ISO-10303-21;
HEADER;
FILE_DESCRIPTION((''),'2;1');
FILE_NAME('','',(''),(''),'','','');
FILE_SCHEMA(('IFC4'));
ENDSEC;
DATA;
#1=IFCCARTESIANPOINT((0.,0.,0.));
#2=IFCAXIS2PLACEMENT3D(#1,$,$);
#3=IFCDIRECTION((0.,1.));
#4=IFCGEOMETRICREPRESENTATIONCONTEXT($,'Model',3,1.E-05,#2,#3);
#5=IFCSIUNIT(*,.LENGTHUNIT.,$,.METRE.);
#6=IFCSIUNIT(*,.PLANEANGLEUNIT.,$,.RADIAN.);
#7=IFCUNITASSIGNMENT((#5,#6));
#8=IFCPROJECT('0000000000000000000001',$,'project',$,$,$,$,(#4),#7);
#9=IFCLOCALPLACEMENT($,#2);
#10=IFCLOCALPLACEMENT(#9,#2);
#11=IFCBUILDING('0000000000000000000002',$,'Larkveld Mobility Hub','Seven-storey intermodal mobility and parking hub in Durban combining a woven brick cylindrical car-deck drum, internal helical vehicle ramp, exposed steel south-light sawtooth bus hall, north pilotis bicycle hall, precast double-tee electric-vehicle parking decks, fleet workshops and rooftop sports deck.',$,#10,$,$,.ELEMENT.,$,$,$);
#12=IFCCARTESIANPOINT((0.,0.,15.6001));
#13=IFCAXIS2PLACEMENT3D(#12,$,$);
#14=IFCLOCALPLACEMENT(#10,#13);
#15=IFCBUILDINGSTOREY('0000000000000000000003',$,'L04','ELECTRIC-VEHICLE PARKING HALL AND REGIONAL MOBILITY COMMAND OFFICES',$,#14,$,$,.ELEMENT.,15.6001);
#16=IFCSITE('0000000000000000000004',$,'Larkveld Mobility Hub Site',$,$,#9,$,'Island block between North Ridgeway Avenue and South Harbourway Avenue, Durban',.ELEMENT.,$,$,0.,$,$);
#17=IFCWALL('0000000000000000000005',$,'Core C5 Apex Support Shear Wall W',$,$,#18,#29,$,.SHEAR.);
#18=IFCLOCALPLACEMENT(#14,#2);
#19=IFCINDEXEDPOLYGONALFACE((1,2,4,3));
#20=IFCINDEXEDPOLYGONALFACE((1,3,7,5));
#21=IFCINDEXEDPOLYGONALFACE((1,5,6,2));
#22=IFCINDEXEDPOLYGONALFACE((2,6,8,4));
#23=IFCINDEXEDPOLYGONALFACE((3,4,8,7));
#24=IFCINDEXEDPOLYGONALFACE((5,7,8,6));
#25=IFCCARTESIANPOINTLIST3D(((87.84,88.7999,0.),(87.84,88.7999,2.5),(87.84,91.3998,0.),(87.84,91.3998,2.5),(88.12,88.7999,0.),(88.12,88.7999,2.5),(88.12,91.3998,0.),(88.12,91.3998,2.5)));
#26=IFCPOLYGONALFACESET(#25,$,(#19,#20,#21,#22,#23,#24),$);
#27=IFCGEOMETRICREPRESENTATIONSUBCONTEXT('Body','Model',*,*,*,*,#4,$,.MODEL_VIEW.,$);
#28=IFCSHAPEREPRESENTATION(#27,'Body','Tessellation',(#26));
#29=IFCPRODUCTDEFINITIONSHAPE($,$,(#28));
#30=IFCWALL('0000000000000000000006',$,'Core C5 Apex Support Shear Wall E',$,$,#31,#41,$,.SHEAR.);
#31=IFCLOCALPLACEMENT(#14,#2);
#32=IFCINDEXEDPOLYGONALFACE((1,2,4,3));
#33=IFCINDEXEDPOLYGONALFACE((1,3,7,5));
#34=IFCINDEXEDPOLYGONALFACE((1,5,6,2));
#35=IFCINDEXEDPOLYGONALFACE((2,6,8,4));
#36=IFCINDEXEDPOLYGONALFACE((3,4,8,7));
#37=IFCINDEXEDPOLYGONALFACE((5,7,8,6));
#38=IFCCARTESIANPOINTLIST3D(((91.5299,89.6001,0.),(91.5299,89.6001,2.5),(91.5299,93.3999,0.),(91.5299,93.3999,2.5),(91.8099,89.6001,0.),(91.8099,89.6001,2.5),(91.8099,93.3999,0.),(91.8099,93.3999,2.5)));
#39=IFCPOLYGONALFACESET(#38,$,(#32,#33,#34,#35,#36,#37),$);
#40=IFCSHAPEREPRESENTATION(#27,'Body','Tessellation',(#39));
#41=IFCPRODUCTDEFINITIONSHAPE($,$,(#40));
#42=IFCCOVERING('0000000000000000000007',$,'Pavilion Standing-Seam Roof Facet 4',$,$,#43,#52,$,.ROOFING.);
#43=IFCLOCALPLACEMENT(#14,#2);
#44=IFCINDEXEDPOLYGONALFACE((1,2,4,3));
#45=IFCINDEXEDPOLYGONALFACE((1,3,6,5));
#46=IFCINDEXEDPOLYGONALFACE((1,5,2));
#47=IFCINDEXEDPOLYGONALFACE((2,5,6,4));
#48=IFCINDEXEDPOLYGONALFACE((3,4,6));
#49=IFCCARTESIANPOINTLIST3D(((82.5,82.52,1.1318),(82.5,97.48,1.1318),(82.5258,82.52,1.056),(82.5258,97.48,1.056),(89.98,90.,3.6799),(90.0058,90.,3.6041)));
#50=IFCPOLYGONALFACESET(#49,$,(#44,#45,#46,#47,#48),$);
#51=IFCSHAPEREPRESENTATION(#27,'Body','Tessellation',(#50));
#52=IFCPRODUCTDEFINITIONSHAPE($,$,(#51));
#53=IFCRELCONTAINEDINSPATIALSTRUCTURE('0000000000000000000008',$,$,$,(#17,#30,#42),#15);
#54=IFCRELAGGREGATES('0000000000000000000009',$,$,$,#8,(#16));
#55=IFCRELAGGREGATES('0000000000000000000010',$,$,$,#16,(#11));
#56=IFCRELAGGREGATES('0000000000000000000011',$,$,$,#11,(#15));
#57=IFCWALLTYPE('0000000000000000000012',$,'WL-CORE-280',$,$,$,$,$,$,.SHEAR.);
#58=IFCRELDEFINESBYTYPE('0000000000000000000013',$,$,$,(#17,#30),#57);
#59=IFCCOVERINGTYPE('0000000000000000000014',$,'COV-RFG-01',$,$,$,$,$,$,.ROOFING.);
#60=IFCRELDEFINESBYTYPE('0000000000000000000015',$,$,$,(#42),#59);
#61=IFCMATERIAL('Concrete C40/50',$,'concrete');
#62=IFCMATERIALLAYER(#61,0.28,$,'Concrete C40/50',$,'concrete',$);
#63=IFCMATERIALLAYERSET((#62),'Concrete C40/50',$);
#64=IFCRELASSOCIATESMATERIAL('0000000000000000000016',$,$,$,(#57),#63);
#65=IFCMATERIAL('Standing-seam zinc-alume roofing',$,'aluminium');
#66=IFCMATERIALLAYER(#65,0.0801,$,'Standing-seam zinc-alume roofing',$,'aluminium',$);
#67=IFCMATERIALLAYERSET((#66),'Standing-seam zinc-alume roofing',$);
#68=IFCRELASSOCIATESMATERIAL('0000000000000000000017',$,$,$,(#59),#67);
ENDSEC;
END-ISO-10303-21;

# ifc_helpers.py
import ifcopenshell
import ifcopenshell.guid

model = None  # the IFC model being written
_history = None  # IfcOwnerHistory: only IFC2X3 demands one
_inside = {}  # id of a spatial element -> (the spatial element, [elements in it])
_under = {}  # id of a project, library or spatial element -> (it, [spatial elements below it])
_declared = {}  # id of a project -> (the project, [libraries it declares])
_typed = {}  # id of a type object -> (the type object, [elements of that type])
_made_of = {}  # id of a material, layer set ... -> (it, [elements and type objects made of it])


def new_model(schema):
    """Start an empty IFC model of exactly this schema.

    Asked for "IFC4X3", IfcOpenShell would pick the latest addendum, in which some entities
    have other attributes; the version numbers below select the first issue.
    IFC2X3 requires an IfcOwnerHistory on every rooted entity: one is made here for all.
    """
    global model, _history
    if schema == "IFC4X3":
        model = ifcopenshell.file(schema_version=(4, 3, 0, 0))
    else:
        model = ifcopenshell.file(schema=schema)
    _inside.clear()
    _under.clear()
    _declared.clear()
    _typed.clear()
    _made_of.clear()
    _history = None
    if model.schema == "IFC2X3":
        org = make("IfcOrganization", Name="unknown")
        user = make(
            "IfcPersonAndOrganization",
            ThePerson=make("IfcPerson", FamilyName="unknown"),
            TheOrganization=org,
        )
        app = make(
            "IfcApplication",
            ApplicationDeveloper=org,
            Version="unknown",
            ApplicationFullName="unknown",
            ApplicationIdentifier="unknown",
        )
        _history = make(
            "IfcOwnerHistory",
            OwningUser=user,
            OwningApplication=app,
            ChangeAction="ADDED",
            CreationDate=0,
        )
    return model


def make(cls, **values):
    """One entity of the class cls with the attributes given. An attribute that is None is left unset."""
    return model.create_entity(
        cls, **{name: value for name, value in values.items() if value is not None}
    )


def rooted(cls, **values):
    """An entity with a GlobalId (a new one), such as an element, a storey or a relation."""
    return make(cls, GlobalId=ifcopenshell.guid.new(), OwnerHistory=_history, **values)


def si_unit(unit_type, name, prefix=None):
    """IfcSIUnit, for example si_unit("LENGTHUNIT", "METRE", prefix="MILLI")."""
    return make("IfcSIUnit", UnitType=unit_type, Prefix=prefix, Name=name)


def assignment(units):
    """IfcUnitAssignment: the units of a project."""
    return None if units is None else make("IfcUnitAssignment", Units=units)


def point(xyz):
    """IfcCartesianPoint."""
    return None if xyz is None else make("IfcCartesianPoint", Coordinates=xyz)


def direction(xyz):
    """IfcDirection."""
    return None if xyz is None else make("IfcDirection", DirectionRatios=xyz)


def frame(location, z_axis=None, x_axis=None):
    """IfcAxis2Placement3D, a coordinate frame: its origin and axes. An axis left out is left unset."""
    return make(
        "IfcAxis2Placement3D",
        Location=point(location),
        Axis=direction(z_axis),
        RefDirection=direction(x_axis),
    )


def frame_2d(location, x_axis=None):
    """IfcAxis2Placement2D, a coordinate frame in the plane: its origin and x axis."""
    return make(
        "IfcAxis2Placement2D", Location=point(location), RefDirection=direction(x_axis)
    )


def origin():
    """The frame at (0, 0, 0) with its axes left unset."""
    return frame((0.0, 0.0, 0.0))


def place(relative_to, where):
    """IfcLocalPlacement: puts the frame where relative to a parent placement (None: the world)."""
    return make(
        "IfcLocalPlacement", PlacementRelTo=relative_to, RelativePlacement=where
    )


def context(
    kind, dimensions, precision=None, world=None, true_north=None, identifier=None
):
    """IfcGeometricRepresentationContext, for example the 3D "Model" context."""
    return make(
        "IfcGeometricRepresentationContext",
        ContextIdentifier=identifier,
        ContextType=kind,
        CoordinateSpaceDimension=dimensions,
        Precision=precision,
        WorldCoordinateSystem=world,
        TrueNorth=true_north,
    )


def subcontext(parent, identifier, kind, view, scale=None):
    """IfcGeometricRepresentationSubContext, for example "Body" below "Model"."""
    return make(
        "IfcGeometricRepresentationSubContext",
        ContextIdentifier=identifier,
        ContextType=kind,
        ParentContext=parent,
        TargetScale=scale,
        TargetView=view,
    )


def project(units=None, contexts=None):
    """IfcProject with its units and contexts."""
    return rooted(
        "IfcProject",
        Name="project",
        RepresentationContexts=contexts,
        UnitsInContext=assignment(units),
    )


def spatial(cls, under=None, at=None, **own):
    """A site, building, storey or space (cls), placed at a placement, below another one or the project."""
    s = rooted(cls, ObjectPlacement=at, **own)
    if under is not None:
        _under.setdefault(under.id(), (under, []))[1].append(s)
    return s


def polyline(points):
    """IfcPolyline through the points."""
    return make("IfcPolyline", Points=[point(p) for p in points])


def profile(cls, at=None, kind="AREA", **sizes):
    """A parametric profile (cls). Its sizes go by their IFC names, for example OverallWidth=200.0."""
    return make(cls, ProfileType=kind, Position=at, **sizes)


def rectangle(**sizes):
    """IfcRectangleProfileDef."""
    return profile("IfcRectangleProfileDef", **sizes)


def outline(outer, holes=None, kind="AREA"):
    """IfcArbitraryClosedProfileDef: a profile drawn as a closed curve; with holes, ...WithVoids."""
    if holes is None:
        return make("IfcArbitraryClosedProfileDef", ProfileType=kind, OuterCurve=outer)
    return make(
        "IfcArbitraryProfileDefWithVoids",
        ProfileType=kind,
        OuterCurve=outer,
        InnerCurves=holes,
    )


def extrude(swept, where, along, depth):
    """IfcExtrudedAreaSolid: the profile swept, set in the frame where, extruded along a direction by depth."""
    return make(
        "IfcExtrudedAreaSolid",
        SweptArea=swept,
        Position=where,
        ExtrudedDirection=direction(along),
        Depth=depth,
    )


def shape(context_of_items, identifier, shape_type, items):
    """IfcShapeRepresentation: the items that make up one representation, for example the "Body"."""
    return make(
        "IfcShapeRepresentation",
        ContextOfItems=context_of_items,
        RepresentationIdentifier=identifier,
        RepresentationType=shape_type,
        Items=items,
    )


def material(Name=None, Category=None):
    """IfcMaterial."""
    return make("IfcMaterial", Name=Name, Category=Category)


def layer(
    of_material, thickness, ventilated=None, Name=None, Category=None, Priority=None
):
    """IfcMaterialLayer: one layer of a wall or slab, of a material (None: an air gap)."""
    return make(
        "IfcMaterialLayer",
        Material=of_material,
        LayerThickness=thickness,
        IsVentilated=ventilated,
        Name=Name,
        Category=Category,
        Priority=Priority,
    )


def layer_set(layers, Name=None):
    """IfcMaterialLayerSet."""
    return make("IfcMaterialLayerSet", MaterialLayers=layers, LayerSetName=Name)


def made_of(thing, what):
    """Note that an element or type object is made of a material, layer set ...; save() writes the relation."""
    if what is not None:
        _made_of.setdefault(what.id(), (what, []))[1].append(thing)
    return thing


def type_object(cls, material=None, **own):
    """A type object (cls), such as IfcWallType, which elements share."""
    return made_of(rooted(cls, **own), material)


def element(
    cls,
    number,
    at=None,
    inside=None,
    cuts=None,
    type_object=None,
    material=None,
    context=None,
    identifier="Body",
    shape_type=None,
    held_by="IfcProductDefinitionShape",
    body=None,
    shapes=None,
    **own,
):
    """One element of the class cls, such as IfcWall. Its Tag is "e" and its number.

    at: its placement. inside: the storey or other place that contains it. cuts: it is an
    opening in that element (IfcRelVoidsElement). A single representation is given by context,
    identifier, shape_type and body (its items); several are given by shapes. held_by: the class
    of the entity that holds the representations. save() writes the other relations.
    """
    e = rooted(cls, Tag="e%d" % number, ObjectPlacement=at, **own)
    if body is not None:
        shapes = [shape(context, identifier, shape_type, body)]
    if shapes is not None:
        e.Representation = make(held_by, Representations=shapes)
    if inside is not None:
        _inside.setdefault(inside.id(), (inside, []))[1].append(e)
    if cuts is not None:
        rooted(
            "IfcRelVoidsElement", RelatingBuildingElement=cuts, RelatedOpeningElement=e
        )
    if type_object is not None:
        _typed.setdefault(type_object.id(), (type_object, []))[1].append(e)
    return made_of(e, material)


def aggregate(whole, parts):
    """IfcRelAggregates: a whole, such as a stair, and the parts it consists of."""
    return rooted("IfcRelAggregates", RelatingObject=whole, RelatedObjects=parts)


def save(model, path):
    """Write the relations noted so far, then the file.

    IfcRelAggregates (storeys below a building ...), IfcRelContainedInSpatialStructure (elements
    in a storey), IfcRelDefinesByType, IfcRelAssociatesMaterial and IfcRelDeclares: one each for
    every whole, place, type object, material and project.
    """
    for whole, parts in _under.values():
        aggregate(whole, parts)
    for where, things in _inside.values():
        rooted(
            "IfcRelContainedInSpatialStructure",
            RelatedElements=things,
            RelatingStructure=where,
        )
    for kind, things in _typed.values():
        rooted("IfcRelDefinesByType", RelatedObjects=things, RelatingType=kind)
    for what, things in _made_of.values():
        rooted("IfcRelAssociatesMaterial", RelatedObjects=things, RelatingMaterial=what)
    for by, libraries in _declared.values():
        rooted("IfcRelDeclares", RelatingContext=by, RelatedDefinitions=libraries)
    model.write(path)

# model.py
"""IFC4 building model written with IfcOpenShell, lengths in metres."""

from ifc_helpers import new_model, si_unit, direction, frame, frame_2d, origin, place, context, subcontext, project, spatial, polyline, rectangle, outline, extrude, material, layer, layer_set, type_object, element, save


model = new_model("IFC4")

# Units and contexts
model_context = context("Model", 3, precision=1e-05, world=origin(), true_north=direction((0.0, 1.0)))
body_context = subcontext(model_context, "Body", "Model", "MODEL_VIEW")
ifc_project = project(units=[si_unit("LENGTHUNIT", "METRE"), si_unit("PLANEANGLEUNIT", "RADIAN")], contexts=[model_context])

# Site, building, storey
site_placement = place(None, origin())
site = spatial("IfcSite", under=ifc_project, at=site_placement, Name="Larkveld Mobility Hub Site", LongName="Island block between North Ridgeway Avenue and South Harbourway Avenue, Durban", CompositionType="ELEMENT", RefElevation=0.0)
building_placement = place(site_placement, origin())
building = spatial("IfcBuilding", under=site, at=building_placement, Name="Larkveld Mobility Hub", Description="Seven-storey intermodal mobility and parking hub in Durban combining a woven brick cylindrical car-deck drum, internal helical vehicle ramp, exposed steel south-light sawtooth bus hall, north pilotis bicycle hall, precast double-tee electric-vehicle parking decks, fleet workshops and rooftop sports deck.", CompositionType="ELEMENT")
storey_placement = place(building_placement, frame((0.0, 0.0, 15.6001)))
storey = spatial("IfcBuildingStorey", under=building, at=storey_placement, Name="L04", Description="ELECTRIC-VEHICLE PARKING HALL AND REGIONAL MOBILITY COMMAND OFFICES", CompositionType="ELEMENT", Elevation=15.6001)

# Shared definitions
ifc_material_1 = material(Name="Concrete C40/50", Category="concrete")

# Walls
ifc_layer_1 = layer(ifc_material_1, 0.28, Name="Concrete C40/50", Category="concrete")
ifc_layer_set_1 = layer_set([ifc_layer_1], Name="Concrete C40/50")
wall_type_1 = type_object("IfcWallType", Name="WL-CORE-280", PredefinedType="SHEAR", material=ifc_layer_set_1)
wall_1_placement = place(storey_placement, frame((87.98, 88.8, 0.0), z_axis=(0.0, 0.0, 1.0), x_axis=(0.0, 1.0, 0.0)))
element("IfcWall", 1, at=wall_1_placement, inside=storey, type_object=wall_type_1, Name="Core C5 Apex Support Shear Wall W", PredefinedType="SHEAR", context=body_context, shape_type="SweptSolid", body=[
    extrude(rectangle(XDim=2.5999, YDim=0.28, at=frame_2d((1.2998, 0.0))), origin(), (0.0, 0.0, 1.0), 2.5),
])
wall_2_placement = place(storey_placement, frame((91.6699, 89.6001, 0.0), z_axis=(0.0, 0.0, 1.0), x_axis=(0.0, 1.0, 0.0)))
element("IfcWall", 2, at=wall_2_placement, inside=storey, type_object=wall_type_1, Name="Core C5 Apex Support Shear Wall E", PredefinedType="SHEAR", context=body_context, shape_type="SweptSolid", body=[
    extrude(rectangle(XDim=3.7998, YDim=0.28, at=frame_2d((1.8999, 0.0))), origin(), (0.0, 0.0, 1.0), 2.5),
])

# Covering
ifc_material_2 = material(Name="Standing-seam zinc-alume roofing", Category="aluminium")
ifc_layer_2 = layer(ifc_material_2, 0.0801, Name="Standing-seam zinc-alume roofing", Category="aluminium")
ifc_layer_set_2 = layer_set([ifc_layer_2], Name="Standing-seam zinc-alume roofing")
covering_type = type_object("IfcCoveringType", Name="COV-RFG-01", PredefinedType="ROOFING", material=ifc_layer_set_2)
covering_placement = place(storey_placement, frame((82.5, 97.48, 1.1318), z_axis=(-0.322459, 0.0, 0.946584), x_axis=(0.0, -1.0, 0.0)))
element("IfcCovering", 3, at=covering_placement, inside=storey, type_object=covering_type, Name="Pavilion Standing-Seam Roof Facet 4", PredefinedType="ROOFING", context=body_context, shape_type="SweptSolid", body=[
    extrude(outline(polyline([(0.0, 0.0), (14.96, 0.0), (7.48, 7.9021), (0.0, 0.0)])), origin(), (0.0, 0.0, -1.0), 0.0801),
])

save(model, "model.ifc")
